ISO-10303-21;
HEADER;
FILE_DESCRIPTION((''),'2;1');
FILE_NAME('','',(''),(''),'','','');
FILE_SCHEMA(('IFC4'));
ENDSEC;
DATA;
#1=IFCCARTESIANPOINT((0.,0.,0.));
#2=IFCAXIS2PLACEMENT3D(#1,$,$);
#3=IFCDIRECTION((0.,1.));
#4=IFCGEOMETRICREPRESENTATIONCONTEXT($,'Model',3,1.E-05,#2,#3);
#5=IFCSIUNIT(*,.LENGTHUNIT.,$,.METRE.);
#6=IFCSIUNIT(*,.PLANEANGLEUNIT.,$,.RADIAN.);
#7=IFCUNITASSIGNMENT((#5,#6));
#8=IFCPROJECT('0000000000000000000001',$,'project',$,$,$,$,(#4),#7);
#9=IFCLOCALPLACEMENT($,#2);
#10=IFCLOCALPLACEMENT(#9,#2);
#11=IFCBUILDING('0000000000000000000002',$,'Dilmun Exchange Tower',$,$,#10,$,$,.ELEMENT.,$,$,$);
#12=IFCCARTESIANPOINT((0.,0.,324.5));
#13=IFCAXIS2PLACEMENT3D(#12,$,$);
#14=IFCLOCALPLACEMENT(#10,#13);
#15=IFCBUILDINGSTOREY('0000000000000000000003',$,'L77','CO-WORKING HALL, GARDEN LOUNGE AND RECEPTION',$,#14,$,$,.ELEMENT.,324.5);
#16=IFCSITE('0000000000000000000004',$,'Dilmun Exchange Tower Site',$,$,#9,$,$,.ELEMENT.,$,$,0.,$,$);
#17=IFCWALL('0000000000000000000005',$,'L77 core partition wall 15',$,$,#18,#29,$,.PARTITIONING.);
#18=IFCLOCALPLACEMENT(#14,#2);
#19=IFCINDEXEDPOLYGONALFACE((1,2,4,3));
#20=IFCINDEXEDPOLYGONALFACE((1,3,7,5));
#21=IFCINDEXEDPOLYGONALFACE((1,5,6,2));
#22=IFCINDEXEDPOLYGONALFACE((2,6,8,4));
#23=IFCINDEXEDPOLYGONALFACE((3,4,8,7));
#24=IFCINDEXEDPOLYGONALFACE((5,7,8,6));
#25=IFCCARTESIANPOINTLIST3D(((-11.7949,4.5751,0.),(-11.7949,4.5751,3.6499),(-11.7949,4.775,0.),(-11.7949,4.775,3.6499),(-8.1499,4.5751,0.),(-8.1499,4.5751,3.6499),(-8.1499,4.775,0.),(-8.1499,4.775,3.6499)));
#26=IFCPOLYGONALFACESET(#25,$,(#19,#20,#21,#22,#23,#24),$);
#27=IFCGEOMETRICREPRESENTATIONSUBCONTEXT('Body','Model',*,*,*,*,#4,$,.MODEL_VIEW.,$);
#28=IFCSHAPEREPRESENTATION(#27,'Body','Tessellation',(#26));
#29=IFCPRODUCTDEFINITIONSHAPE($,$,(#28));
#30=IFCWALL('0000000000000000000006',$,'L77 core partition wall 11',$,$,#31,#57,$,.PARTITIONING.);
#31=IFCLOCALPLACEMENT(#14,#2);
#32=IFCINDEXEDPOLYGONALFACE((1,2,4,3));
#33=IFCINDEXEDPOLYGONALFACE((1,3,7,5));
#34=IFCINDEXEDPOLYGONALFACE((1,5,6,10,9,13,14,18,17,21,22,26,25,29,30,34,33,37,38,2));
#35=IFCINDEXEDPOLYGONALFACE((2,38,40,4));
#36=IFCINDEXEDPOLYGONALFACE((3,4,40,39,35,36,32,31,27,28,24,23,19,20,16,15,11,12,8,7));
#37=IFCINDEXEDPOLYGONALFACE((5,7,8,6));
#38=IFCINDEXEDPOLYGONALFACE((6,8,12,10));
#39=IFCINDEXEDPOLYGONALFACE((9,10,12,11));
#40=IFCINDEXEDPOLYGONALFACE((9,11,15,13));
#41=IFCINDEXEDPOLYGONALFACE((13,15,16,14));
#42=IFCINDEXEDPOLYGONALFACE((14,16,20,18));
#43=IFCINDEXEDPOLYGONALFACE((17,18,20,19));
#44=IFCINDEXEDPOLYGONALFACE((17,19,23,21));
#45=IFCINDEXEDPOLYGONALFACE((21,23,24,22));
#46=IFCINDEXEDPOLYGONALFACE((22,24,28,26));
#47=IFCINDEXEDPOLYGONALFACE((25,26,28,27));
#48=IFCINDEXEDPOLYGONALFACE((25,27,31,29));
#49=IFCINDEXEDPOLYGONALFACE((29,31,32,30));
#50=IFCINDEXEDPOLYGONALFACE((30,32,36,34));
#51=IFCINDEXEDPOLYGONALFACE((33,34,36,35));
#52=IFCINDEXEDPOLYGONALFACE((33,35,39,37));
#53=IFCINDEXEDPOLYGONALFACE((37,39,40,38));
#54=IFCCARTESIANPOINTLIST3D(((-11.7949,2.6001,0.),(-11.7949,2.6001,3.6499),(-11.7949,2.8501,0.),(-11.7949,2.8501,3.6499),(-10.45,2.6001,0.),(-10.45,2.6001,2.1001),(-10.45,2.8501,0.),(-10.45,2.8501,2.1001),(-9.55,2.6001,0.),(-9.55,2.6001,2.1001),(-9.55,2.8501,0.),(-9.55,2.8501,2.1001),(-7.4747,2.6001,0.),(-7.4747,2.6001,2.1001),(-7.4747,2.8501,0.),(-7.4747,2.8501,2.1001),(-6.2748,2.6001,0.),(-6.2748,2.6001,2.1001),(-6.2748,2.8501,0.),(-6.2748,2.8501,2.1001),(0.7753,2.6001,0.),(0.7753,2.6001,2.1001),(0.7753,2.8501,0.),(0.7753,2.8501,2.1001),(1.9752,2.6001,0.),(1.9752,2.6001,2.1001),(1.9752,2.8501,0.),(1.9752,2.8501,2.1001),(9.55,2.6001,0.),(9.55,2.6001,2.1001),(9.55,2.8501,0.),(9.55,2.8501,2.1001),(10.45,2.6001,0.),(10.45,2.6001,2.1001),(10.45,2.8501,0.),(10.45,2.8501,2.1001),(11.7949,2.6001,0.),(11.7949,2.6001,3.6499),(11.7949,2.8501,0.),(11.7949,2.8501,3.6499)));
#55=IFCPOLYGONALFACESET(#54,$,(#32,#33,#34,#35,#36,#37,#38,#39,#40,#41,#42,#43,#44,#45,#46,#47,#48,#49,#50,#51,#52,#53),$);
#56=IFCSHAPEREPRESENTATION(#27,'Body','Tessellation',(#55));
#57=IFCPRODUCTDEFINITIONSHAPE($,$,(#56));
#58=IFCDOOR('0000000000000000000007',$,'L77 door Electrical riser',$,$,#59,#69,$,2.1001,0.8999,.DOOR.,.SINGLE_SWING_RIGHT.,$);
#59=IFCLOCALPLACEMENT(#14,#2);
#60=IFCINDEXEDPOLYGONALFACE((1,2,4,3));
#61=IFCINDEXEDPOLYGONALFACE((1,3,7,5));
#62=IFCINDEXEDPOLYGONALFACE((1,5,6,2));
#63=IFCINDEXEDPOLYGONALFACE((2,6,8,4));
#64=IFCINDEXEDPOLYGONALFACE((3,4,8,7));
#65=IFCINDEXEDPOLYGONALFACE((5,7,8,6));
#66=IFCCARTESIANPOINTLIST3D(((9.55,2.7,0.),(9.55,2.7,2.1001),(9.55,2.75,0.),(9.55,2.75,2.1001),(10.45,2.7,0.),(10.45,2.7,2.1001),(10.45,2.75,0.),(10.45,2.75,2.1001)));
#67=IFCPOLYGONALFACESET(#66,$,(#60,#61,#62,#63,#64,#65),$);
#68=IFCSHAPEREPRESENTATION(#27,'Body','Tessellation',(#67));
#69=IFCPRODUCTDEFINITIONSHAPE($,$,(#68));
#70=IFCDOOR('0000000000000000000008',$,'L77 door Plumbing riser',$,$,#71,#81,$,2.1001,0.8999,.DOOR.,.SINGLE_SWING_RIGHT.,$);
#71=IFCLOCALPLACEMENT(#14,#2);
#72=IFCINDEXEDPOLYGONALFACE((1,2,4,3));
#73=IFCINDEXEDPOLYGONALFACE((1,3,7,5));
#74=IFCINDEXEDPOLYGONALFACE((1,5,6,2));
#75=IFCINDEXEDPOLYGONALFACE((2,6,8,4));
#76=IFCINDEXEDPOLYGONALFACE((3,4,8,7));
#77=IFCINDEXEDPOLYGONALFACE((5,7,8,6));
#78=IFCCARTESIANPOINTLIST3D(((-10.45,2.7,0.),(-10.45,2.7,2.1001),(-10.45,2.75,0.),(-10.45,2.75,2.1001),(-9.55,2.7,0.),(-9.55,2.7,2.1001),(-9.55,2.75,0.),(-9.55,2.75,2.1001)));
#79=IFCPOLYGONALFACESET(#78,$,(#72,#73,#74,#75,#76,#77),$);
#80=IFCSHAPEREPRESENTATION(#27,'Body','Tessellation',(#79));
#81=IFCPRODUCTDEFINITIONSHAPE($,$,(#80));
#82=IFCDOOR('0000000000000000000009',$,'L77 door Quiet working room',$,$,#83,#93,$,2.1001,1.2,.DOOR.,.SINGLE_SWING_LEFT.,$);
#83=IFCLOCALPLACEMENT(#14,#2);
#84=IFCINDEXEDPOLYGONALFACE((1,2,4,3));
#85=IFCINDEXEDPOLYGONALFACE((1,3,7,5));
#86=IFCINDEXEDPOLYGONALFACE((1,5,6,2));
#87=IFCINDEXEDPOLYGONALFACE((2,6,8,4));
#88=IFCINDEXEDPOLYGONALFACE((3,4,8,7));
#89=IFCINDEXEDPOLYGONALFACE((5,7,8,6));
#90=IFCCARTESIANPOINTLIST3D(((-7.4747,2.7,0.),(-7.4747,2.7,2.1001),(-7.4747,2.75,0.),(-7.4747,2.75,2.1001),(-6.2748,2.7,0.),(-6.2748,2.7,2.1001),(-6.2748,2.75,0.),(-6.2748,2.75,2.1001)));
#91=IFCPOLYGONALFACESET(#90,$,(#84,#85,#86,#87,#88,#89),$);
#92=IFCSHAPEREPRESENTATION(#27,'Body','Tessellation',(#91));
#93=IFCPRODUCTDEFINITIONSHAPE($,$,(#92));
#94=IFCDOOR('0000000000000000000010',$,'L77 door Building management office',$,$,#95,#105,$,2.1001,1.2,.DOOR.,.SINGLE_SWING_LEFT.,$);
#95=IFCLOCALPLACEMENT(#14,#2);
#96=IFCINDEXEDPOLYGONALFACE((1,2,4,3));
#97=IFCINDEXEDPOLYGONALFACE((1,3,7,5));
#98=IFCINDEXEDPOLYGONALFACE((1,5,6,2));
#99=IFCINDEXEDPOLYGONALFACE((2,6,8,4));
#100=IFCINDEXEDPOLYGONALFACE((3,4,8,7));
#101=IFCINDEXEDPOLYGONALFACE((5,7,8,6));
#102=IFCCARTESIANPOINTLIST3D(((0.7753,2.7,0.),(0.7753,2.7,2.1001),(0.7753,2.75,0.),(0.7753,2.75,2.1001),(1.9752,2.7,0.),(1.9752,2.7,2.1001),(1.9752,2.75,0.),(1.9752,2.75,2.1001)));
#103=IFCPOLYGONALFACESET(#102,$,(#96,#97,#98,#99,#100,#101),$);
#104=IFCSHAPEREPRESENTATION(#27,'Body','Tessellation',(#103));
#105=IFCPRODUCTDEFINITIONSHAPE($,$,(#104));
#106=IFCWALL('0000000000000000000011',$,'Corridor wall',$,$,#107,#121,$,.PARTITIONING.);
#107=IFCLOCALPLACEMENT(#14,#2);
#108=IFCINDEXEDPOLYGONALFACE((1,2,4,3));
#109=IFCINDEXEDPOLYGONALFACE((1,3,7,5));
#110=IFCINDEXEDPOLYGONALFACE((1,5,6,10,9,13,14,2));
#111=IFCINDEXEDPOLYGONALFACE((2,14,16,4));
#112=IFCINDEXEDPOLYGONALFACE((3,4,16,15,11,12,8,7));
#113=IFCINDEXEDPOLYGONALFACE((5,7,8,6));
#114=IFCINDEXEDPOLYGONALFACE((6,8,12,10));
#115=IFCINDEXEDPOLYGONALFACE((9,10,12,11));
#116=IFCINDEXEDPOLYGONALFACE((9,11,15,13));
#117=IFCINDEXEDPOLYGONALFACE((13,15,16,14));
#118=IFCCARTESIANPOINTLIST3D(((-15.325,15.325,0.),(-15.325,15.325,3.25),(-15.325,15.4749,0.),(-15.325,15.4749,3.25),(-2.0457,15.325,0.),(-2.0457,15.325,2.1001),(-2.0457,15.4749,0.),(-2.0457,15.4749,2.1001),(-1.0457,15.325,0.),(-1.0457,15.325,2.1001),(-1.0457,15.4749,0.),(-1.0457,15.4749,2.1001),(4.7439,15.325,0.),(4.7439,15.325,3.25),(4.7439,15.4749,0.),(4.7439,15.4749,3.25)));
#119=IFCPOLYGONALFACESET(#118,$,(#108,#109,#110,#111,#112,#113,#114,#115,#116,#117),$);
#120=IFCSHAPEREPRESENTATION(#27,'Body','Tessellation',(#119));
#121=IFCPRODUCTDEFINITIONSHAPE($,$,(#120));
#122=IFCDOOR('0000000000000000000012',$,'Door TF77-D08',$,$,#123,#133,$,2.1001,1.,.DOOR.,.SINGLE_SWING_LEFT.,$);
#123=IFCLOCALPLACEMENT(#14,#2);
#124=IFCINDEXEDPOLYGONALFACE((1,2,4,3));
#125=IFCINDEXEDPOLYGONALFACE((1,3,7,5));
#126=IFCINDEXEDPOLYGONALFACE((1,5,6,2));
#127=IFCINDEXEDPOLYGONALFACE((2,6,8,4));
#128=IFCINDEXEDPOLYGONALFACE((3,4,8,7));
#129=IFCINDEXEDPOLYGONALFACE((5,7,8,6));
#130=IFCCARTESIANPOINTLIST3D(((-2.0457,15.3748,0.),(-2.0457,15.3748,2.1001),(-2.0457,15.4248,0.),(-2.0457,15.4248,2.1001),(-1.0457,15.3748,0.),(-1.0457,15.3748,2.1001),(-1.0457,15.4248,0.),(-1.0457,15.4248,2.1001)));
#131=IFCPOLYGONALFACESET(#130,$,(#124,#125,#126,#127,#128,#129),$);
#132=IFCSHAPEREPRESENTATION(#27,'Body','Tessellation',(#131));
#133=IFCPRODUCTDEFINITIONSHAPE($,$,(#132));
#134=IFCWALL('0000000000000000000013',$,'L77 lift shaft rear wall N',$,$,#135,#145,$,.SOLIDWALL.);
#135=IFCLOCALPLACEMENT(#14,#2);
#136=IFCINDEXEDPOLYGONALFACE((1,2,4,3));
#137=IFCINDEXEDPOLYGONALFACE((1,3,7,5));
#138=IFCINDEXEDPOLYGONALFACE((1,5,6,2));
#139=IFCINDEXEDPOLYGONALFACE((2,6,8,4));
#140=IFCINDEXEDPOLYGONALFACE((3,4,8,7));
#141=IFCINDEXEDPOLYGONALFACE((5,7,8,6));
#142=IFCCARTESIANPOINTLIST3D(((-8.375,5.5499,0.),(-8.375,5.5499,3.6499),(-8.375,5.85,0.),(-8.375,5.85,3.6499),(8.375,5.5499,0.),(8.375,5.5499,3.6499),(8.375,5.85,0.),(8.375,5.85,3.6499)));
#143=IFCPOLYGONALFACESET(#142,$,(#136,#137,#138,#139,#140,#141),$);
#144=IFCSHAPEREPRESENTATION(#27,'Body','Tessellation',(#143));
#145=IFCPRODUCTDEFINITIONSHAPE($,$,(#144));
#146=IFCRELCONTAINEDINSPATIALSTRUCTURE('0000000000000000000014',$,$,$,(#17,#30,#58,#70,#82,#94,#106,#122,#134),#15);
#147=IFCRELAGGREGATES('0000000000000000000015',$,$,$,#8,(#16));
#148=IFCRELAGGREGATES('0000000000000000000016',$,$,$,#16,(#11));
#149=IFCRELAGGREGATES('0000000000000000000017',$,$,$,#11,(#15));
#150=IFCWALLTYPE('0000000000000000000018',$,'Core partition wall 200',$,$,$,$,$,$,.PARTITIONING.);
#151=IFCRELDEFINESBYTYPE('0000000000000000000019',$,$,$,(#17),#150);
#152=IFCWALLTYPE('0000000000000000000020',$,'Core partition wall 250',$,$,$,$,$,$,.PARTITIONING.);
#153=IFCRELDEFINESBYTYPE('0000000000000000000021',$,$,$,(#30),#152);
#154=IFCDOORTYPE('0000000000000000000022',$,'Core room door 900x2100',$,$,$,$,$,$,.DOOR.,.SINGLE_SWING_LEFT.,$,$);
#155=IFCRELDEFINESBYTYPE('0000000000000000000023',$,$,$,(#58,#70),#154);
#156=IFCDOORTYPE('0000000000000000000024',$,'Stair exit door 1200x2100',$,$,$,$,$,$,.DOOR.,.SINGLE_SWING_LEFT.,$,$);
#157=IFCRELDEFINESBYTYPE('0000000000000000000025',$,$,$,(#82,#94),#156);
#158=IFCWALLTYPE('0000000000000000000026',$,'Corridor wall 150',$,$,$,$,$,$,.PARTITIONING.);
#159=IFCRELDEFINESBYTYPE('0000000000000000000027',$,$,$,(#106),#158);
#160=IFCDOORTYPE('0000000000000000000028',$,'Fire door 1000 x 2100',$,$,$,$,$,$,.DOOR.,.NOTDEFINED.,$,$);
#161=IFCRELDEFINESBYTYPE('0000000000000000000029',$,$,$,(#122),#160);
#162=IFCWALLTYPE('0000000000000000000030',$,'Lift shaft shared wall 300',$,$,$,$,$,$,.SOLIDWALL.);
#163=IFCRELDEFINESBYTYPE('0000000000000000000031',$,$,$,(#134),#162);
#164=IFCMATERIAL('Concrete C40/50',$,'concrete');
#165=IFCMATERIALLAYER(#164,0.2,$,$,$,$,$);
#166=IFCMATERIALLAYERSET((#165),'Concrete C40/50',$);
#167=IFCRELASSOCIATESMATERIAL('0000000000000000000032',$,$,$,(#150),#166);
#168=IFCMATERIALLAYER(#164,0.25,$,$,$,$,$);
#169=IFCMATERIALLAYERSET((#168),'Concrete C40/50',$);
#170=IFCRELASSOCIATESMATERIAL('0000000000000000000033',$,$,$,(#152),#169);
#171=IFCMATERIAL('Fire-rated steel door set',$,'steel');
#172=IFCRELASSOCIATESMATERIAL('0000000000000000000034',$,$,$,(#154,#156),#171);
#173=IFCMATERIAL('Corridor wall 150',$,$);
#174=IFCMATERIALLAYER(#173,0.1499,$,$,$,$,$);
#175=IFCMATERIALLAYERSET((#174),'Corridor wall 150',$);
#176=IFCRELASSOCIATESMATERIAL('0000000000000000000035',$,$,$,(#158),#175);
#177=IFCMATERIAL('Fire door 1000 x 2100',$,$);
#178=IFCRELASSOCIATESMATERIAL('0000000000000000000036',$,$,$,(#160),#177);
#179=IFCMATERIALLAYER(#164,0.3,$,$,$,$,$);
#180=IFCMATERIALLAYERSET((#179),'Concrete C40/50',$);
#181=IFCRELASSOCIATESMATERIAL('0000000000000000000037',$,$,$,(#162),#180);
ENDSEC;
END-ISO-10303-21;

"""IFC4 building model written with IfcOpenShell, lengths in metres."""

from ifc_helpers import new_model, si_unit, direction, frame, frame_2d, origin, place, context, subcontext, project, spatial, rectangle, extrude, material, layer, layer_set, type_object, element, fill, save


model = new_model("IFC4")

# Units and contexts
model_context = context("Model", 3, precision=1e-05, world=origin(), true_north=direction((0.0, 1.0)))
body_context = subcontext(model_context, "Body", "Model", "MODEL_VIEW")
ifc_project = project(units=[si_unit("LENGTHUNIT", "METRE"), si_unit("PLANEANGLEUNIT", "RADIAN")], contexts=[model_context])

# Site, building, storey
site_placement = place(None, origin())
site = spatial("IfcSite", under=ifc_project, at=site_placement, Name="Dilmun Exchange Tower Site", CompositionType="ELEMENT", RefElevation=0.0)
building_placement = place(site_placement, origin())
building = spatial("IfcBuilding", under=site, at=building_placement, Name="Dilmun Exchange Tower", CompositionType="ELEMENT")
storey_placement = place(building_placement, frame((0.0, 0.0, 324.5)))
storey = spatial("IfcBuildingStorey", under=building, at=storey_placement, Name="L77", Description="CO-WORKING HALL, GARDEN LOUNGE AND RECEPTION", CompositionType="ELEMENT", Elevation=324.5)

# Wall
ifc_material_1 = material(Name="Concrete C40/50", Category="concrete")
ifc_layer_1 = layer(ifc_material_1, 0.2)
ifc_layer_set_1 = layer_set([ifc_layer_1], Name="Concrete C40/50")
wall_type_1 = type_object("IfcWallType", Name="Core partition wall 200", PredefinedType="PARTITIONING", material=ifc_layer_set_1)
wall_1_placement = place(storey_placement, frame((-11.7949, 4.675, 0.0), z_axis=(0.0, 0.0, 1.0), x_axis=(1.0, 0.0, 0.0)))
element("IfcWall", 1, at=wall_1_placement, inside=storey, type_object=wall_type_1, Name="L77 core partition wall 15", PredefinedType="PARTITIONING", context=body_context, shape_type="SweptSolid", body=[
    extrude(rectangle(XDim=3.645, YDim=0.2, at=frame_2d((1.8225, 0.0))), origin(), (0.0, 0.0, 1.0), 3.6499),
])

# Wall, openings, doors
ifc_layer_2 = layer(ifc_material_1, 0.25)
ifc_layer_set_2 = layer_set([ifc_layer_2], Name="Concrete C40/50")
wall_type_2 = type_object("IfcWallType", Name="Core partition wall 250", PredefinedType="PARTITIONING", material=ifc_layer_set_2)
wall_2_placement = place(storey_placement, frame((-11.7949, 2.7251, 0.0), z_axis=(0.0, 0.0, 1.0), x_axis=(1.0, 0.0, 0.0)))
wall_2 = element("IfcWall", 2, at=wall_2_placement, inside=storey, type_object=wall_type_2, Name="L77 core partition wall 11", PredefinedType="PARTITIONING", context=body_context, shape_type="SweptSolid", body=[
    extrude(rectangle(XDim=23.5898, YDim=0.25, at=frame_2d((11.7949, 0.0))), origin(), (0.0, 0.0, 1.0), 3.6499),
])
opening_1_placement = place(wall_2_placement, frame((21.345, 0.0, 0.0)))
opening_1 = element("IfcOpeningElement", 3, at=opening_1_placement, cuts=wall_2, PredefinedType="OPENING", context=body_context, shape_type="SweptSolid", body=[
    extrude(rectangle(XDim=0.8999, YDim=2.1001, at=frame_2d((0.45, 1.05))), frame((0.0, 0.135, 0.0), z_axis=(0.0, -1.0, 0.0), x_axis=(1.0, 0.0, 0.0)), (0.0, 0.0, 1.0), 0.27),
])
opening_2_placement = place(wall_2_placement, frame((1.345, 0.0, 0.0)))
opening_2 = element("IfcOpeningElement", 4, at=opening_2_placement, cuts=wall_2, PredefinedType="OPENING", context=body_context, shape_type="SweptSolid", body=[
    extrude(rectangle(XDim=0.8999, YDim=2.1001, at=frame_2d((0.45, 1.05))), frame((0.0, 0.135, 0.0), z_axis=(0.0, -1.0, 0.0), x_axis=(1.0, 0.0, 0.0)), (0.0, 0.0, 1.0), 0.27),
])
opening_3_placement = place(wall_2_placement, frame((4.3201, 0.0, 0.0)))
opening_3 = element("IfcOpeningElement", 5, at=opening_3_placement, cuts=wall_2, PredefinedType="OPENING", context=body_context, shape_type="SweptSolid", body=[
    extrude(rectangle(XDim=1.2, YDim=2.1001, at=frame_2d((0.6001, 1.05))), frame((0.0, 0.135, 0.0), z_axis=(0.0, -1.0, 0.0), x_axis=(1.0, 0.0, 0.0)), (0.0, 0.0, 1.0), 0.27),
])
opening_4_placement = place(wall_2_placement, frame((12.5701, 0.0, 0.0)))
opening_4 = element("IfcOpeningElement", 6, at=opening_4_placement, cuts=wall_2, PredefinedType="OPENING", context=body_context, shape_type="SweptSolid", body=[
    extrude(rectangle(XDim=1.2, YDim=2.1001, at=frame_2d((0.6001, 1.05))), frame((0.0, 0.135, 0.0), z_axis=(0.0, -1.0, 0.0), x_axis=(1.0, 0.0, 0.0)), (0.0, 0.0, 1.0), 0.27),
])
ifc_material_2 = material(Name="Fire-rated steel door set", Category="steel")
door_type_1 = type_object("IfcDoorType", Name="Core room door 900x2100", OperationType="SINGLE_SWING_LEFT", PredefinedType="DOOR", material=ifc_material_2)
door_1_placement = place(opening_1_placement, origin())
door_1 = element("IfcDoor", 7, at=door_1_placement, inside=storey, type_object=door_type_1, Name="L77 door Electrical riser", OperationType="SINGLE_SWING_RIGHT", OverallHeight=2.1001, OverallWidth=0.8999, PredefinedType="DOOR", context=body_context, shape_type="SweptSolid", body=[
    extrude(rectangle(XDim=0.8999, YDim=2.1001, at=frame_2d((0.45, 1.05))), frame((0.0, 0.0249, 0.0), z_axis=(0.0, -1.0, 0.0), x_axis=(1.0, 0.0, 0.0)), (0.0, 0.0, 1.0), 0.05),
])
fill(opening_1, door_1)
door_2_placement = place(opening_2_placement, origin())
door_2 = element("IfcDoor", 8, at=door_2_placement, inside=storey, type_object=door_type_1, Name="L77 door Plumbing riser", OperationType="SINGLE_SWING_RIGHT", OverallHeight=2.1001, OverallWidth=0.8999, PredefinedType="DOOR", context=body_context, shape_type="SweptSolid", body=[
    extrude(rectangle(XDim=0.8999, YDim=2.1001, at=frame_2d((0.45, 1.05))), frame((0.0, 0.0249, 0.0), z_axis=(0.0, -1.0, 0.0), x_axis=(1.0, 0.0, 0.0)), (0.0, 0.0, 1.0), 0.05),
])
fill(opening_2, door_2)
door_type_2 = type_object("IfcDoorType", Name="Stair exit door 1200x2100", OperationType="SINGLE_SWING_LEFT", PredefinedType="DOOR", material=ifc_material_2)
door_3_placement = place(opening_3_placement, origin())
door_3 = element("IfcDoor", 9, at=door_3_placement, inside=storey, type_object=door_type_2, Name="L77 door Quiet working room", OperationType="SINGLE_SWING_LEFT", OverallHeight=2.1001, OverallWidth=1.2, PredefinedType="DOOR", context=body_context, shape_type="SweptSolid", body=[
    extrude(rectangle(XDim=1.2, YDim=2.1001, at=frame_2d((0.6001, 1.05))), frame((0.0, 0.0249, 0.0), z_axis=(0.0, -1.0, 0.0), x_axis=(1.0, 0.0, 0.0)), (0.0, 0.0, 1.0), 0.05),
])
fill(opening_3, door_3)
door_4_placement = place(opening_4_placement, origin())
door_4 = element("IfcDoor", 10, at=door_4_placement, inside=storey, type_object=door_type_2, Name="L77 door Building management office", OperationType="SINGLE_SWING_LEFT", OverallHeight=2.1001, OverallWidth=1.2, PredefinedType="DOOR", context=body_context, shape_type="SweptSolid", body=[
    extrude(rectangle(XDim=1.2, YDim=2.1001, at=frame_2d((0.6001, 1.05))), frame((0.0, 0.0249, 0.0), z_axis=(0.0, -1.0, 0.0), x_axis=(1.0, 0.0, 0.0)), (0.0, 0.0, 1.0), 0.05),
])
fill(opening_4, door_4)

# Wall, opening, door
ifc_material_3 = material(Name="Corridor wall 150")
ifc_layer_3 = layer(ifc_material_3, 0.1499)
ifc_layer_set_3 = layer_set([ifc_layer_3], Name="Corridor wall 150")
wall_type_3 = type_object("IfcWallType", Name="Corridor wall 150", PredefinedType="PARTITIONING", material=ifc_layer_set_3)
wall_3_placement = place(storey_placement, frame((-15.325, 15.3999, 0.0), z_axis=(0.0, 0.0, 1.0), x_axis=(1.0, 0.0, 0.0)))
wall_3 = element("IfcWall", 11, at=wall_3_placement, inside=storey, type_object=wall_type_3, Name="Corridor wall", PredefinedType="PARTITIONING", context=body_context, shape_type="SweptSolid", body=[
    extrude(rectangle(XDim=20.0688, YDim=0.1499, at=frame_2d((10.0344, 0.0))), origin(), (0.0, 0.0, 1.0), 3.25),
])
opening_5_placement = place(wall_3_placement, frame((13.2793, 0.0, 0.0)))
opening_5 = element("IfcOpeningElement", 12, at=opening_5_placement, cuts=wall_3, PredefinedType="OPENING", context=body_context, shape_type="SweptSolid", body=[
    extrude(rectangle(XDim=1.0, YDim=2.1001, at=frame_2d((0.5, 1.05))), frame((0.0, 0.085, 0.0), z_axis=(0.0, -1.0, 0.0), x_axis=(1.0, 0.0, 0.0)), (0.0, 0.0, 1.0), 0.1699),
])
ifc_material_4 = material(Name="Fire door 1000 x 2100")
door_type_3 = type_object("IfcDoorType", Name="Fire door 1000 x 2100", OperationType="NOTDEFINED", PredefinedType="DOOR", material=ifc_material_4)
door_5_placement = place(opening_5_placement, origin())
door_5 = element("IfcDoor", 13, at=door_5_placement, inside=storey, type_object=door_type_3, Name="Door TF77-D08", OperationType="SINGLE_SWING_LEFT", OverallHeight=2.1001, OverallWidth=1.0, PredefinedType="DOOR", context=body_context, shape_type="SweptSolid", body=[
    extrude(rectangle(XDim=1.0, YDim=2.1001, at=frame_2d((0.5, 1.05))), frame((0.0, 0.0249, 0.0), z_axis=(0.0, -1.0, 0.0), x_axis=(1.0, 0.0, 0.0)), (0.0, 0.0, 1.0), 0.05),
])
fill(opening_5, door_5)

# Wall
ifc_layer_4 = layer(ifc_material_1, 0.3)
ifc_layer_set_4 = layer_set([ifc_layer_4], Name="Concrete C40/50")
wall_type_4 = type_object("IfcWallType", Name="Lift shaft shared wall 300", PredefinedType="SOLIDWALL", material=ifc_layer_set_4)
wall_4_placement = place(storey_placement, frame((-8.375, 5.7, 0.0), z_axis=(0.0, 0.0, 1.0), x_axis=(1.0, 0.0, 0.0)))
element("IfcWall", 14, at=wall_4_placement, inside=storey, type_object=wall_type_4, Name="L77 lift shaft rear wall N", PredefinedType="SOLIDWALL", context=body_context, shape_type="SweptSolid", body=[
    extrude(rectangle(XDim=16.75, YDim=0.3, at=frame_2d((8.375, 0.0))), origin(), (0.0, 0.0, 1.0), 3.6499),
])

save(model, "model.ifc")
